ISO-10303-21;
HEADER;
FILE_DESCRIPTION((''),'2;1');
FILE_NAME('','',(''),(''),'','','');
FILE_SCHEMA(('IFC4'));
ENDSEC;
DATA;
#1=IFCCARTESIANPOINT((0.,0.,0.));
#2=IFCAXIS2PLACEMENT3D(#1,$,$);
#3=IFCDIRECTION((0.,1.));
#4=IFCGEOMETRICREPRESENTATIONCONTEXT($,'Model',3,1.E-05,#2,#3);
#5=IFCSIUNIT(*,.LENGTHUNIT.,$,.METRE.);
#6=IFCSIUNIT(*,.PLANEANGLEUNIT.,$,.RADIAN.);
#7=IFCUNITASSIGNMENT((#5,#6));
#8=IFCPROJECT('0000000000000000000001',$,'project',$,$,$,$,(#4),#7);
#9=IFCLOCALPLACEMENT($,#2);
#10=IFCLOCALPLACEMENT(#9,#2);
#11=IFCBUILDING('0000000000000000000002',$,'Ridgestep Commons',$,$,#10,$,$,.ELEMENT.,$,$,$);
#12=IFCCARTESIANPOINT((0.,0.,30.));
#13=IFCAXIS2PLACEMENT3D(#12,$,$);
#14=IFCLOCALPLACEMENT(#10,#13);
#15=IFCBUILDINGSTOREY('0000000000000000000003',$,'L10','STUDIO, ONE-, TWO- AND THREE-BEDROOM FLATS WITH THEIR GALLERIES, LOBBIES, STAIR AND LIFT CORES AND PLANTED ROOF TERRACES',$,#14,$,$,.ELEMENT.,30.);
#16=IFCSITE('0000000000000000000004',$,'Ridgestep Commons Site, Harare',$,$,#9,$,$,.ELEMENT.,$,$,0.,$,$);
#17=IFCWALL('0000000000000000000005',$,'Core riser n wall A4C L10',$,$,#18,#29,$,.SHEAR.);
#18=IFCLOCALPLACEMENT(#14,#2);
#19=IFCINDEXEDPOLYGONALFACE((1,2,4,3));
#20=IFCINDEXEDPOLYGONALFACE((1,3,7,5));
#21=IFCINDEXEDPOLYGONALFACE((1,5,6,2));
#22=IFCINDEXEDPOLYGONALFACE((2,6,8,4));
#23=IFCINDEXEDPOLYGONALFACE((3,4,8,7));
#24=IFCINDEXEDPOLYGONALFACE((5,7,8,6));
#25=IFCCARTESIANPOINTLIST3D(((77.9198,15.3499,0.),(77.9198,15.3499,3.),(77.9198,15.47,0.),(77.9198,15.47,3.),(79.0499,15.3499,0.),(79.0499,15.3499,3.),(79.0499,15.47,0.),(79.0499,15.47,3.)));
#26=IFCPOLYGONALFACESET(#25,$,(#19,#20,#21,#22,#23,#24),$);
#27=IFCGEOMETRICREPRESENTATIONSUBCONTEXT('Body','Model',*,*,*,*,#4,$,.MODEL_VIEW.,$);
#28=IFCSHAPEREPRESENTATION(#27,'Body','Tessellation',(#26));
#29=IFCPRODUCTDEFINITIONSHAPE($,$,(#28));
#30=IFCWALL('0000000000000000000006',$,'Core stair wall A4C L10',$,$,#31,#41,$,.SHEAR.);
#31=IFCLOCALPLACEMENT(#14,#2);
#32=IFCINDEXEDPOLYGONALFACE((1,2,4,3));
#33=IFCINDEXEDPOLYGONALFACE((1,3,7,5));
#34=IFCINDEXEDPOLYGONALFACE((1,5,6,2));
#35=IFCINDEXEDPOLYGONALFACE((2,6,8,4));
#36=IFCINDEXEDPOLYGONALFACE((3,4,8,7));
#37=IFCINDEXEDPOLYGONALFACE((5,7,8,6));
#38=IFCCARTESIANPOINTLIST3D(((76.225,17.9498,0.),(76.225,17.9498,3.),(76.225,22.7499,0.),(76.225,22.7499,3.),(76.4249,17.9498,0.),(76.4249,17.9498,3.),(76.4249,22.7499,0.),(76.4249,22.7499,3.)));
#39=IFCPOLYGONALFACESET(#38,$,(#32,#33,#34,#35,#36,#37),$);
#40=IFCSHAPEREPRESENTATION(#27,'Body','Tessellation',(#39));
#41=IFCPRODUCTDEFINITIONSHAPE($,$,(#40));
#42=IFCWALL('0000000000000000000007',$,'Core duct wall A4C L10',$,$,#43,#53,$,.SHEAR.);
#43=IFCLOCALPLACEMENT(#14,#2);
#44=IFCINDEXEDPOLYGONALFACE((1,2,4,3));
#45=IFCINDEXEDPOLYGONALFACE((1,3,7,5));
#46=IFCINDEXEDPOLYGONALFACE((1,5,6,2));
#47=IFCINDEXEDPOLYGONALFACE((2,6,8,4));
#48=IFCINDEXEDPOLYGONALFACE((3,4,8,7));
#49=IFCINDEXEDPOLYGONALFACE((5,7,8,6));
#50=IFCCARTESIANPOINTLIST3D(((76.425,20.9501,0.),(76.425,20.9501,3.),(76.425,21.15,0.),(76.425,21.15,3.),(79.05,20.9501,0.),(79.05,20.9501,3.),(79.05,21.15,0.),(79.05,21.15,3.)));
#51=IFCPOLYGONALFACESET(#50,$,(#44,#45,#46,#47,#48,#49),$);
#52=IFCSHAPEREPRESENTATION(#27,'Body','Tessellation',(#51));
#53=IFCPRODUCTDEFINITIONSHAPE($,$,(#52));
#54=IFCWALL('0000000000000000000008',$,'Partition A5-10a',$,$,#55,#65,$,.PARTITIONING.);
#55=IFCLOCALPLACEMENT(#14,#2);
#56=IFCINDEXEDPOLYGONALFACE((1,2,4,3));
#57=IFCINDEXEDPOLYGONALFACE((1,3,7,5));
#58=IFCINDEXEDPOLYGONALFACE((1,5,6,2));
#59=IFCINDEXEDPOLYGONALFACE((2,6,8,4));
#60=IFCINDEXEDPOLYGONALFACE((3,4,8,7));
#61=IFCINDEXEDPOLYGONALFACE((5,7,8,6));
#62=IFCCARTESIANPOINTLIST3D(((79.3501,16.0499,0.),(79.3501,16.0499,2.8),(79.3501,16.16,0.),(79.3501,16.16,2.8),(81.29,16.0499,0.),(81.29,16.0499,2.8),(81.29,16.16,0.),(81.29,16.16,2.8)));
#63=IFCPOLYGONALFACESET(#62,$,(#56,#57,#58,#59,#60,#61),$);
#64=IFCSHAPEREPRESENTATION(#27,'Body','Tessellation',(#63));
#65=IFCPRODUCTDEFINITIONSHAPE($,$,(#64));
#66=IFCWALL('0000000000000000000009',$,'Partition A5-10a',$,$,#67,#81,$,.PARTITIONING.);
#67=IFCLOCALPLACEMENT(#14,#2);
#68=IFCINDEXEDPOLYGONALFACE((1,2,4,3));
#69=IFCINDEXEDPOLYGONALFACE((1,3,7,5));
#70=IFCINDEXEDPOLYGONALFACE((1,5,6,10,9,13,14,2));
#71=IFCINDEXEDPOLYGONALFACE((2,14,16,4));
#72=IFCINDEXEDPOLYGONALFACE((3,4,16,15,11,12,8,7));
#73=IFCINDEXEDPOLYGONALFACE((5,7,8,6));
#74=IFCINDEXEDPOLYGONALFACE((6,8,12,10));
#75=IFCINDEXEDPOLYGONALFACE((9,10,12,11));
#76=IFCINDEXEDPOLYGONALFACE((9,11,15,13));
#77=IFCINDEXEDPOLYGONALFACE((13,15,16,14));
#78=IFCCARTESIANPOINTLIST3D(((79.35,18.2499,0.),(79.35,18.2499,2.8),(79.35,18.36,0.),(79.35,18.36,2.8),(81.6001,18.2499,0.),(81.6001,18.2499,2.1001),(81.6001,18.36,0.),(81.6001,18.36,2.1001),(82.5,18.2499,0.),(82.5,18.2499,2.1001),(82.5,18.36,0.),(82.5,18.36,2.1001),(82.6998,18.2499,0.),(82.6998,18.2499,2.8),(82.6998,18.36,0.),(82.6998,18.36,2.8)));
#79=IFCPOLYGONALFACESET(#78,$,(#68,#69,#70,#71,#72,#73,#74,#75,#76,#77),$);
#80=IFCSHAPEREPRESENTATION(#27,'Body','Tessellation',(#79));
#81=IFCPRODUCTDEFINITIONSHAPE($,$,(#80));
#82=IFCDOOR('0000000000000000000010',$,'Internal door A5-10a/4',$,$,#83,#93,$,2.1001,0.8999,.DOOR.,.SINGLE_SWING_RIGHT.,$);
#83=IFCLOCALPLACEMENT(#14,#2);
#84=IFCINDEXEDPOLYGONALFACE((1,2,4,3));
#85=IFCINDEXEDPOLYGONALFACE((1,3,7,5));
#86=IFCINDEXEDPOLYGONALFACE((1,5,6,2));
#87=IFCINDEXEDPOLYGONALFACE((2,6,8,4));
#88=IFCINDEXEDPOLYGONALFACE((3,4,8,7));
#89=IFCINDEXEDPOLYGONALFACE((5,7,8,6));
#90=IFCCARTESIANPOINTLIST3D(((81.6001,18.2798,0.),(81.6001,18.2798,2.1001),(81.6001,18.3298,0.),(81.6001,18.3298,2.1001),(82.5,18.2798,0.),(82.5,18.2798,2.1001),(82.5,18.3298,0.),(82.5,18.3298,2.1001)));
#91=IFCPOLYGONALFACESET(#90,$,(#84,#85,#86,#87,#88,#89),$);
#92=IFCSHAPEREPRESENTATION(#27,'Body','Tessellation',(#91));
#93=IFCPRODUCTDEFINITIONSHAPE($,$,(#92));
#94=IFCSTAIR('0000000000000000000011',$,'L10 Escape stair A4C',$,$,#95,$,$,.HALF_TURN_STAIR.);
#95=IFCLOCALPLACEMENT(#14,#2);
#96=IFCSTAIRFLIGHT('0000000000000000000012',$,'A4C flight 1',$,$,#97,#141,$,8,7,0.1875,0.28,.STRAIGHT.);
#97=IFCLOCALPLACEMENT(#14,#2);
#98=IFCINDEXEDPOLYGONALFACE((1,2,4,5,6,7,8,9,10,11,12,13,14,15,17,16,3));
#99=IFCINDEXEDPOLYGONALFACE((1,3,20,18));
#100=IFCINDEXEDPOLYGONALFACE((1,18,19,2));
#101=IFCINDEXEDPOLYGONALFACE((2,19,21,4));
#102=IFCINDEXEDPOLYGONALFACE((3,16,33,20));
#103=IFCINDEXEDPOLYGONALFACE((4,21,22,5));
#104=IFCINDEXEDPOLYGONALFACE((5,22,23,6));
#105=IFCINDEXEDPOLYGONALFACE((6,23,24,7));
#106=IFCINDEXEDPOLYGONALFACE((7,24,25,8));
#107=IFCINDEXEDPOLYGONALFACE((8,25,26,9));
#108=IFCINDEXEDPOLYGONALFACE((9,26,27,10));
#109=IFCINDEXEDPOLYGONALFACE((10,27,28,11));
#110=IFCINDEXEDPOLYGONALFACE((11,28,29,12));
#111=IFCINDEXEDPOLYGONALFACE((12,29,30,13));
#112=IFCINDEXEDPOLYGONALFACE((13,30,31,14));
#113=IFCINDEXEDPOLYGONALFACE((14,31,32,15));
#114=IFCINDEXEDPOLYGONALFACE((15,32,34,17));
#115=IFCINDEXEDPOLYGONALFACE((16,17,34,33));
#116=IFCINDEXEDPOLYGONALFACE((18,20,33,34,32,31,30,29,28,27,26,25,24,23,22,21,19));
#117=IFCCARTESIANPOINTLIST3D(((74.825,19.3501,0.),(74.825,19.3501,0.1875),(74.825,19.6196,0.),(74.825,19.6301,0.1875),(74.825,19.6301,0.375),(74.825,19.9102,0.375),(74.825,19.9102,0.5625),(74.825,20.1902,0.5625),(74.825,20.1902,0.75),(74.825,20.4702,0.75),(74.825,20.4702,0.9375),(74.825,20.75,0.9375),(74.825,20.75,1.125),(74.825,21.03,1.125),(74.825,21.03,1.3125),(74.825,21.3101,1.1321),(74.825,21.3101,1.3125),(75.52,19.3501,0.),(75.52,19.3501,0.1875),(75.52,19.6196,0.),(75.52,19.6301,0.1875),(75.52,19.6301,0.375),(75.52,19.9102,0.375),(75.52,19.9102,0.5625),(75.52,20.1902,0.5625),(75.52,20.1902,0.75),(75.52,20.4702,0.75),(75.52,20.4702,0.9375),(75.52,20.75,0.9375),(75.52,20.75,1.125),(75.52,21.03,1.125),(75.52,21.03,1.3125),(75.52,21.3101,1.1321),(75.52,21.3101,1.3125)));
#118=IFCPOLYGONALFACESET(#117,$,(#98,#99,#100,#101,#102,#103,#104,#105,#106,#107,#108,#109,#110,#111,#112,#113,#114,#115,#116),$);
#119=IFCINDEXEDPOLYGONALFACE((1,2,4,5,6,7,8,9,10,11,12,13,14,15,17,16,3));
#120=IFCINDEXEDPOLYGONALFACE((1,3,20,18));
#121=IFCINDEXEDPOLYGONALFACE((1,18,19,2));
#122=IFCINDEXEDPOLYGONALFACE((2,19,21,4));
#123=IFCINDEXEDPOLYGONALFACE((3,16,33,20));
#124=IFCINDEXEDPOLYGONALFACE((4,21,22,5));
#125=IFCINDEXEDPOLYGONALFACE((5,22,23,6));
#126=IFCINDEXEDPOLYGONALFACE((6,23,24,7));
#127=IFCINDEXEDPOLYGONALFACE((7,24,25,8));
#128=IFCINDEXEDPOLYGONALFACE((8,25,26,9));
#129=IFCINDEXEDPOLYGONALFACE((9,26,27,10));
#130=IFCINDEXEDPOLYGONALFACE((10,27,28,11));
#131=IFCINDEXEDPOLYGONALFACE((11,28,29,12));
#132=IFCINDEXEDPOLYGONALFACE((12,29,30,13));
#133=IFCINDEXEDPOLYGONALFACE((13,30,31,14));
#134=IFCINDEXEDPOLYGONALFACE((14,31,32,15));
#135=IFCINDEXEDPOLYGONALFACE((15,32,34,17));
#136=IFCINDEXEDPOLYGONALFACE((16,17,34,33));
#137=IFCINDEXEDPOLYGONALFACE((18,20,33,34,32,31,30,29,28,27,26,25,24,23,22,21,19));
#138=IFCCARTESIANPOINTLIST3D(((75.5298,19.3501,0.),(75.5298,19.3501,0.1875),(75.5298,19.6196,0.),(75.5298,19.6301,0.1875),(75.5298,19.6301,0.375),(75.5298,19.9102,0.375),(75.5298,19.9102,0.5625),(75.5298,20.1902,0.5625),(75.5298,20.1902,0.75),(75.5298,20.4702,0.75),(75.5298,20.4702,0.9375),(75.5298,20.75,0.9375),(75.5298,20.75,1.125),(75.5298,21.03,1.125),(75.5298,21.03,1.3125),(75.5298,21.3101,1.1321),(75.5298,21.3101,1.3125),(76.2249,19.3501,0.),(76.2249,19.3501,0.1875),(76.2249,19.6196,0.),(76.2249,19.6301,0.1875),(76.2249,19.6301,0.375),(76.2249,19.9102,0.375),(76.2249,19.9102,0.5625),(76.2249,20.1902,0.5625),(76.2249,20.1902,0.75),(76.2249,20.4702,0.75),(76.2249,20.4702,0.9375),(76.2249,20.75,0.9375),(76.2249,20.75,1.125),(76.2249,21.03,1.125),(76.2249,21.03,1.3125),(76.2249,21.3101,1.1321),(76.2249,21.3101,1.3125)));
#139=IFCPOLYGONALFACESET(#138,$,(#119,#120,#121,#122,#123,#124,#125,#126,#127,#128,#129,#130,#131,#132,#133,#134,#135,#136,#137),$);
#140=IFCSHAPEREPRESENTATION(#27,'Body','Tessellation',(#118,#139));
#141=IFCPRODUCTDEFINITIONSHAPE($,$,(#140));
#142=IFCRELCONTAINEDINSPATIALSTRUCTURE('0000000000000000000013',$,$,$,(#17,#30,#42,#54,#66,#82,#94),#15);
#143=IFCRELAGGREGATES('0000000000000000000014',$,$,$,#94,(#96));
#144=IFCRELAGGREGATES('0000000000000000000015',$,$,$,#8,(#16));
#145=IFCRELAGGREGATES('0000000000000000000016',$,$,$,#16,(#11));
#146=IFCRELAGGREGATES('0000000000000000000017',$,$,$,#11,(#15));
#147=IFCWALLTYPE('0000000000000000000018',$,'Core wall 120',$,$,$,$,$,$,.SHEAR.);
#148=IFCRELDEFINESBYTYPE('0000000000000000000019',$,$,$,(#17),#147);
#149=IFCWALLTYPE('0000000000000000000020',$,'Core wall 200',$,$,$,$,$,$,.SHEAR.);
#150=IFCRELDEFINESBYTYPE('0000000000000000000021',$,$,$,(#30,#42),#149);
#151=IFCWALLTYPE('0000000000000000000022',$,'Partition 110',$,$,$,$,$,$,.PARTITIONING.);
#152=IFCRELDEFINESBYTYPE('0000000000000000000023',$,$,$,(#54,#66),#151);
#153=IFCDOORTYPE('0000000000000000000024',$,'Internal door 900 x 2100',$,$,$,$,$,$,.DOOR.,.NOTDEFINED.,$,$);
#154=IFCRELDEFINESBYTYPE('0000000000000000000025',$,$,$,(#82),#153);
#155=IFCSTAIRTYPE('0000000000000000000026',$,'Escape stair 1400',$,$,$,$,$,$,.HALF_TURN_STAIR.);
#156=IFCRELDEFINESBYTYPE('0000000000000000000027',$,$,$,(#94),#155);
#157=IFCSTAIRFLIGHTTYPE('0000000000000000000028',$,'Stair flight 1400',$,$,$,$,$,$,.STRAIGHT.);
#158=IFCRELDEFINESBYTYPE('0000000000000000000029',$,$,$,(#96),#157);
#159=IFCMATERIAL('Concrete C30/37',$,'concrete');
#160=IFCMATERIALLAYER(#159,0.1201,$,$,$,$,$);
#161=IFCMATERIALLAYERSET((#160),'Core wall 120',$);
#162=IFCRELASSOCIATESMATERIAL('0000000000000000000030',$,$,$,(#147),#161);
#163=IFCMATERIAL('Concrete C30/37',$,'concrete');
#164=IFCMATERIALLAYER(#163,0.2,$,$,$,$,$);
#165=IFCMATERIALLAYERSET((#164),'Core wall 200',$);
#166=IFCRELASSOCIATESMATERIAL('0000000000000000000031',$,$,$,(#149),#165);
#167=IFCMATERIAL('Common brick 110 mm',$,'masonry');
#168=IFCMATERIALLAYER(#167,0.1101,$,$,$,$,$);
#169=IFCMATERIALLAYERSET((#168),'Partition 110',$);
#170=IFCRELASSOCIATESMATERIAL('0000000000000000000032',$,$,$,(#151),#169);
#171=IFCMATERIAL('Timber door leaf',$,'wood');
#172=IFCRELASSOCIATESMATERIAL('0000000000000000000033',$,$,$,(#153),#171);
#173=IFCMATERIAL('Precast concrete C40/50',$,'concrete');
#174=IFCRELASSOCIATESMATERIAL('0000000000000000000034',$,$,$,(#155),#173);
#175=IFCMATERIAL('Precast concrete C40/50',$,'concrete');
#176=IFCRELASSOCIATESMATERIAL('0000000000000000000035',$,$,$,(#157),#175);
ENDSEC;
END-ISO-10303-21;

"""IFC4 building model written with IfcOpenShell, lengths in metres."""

from ifc_helpers import new_model, si_unit, direction, frame, frame_2d, origin, place, context, subcontext, project, spatial, polyline, rectangle, outline, extrude, material, layer, layer_set, type_object, element, fill, aggregate, save


model = new_model("IFC4")

# Units and contexts
model_context = context("Model", 3, precision=1e-05, world=origin(), true_north=direction((0.0, 1.0)))
body_context = subcontext(model_context, "Body", "Model", "MODEL_VIEW")
ifc_project = project(units=[si_unit("LENGTHUNIT", "METRE"), si_unit("PLANEANGLEUNIT", "RADIAN")], contexts=[model_context])

# Site, building, storey
site_placement = place(None, origin())
site = spatial("IfcSite", under=ifc_project, at=site_placement, Name="Ridgestep Commons Site, Harare", CompositionType="ELEMENT", RefElevation=0.0)
building_placement = place(site_placement, origin())
building = spatial("IfcBuilding", under=site, at=building_placement, Name="Ridgestep Commons", CompositionType="ELEMENT")
storey_placement = place(building_placement, frame((0.0, 0.0, 30.0)))
storey = spatial("IfcBuildingStorey", under=building, at=storey_placement, Name="L10", Description="STUDIO, ONE-, TWO- AND THREE-BEDROOM FLATS WITH THEIR GALLERIES, LOBBIES, STAIR AND LIFT CORES AND PLANTED ROOF TERRACES", CompositionType="ELEMENT", Elevation=30.0)

# Walls
ifc_material_1 = material(Name="Concrete C30/37", Category="concrete")
ifc_layer_1 = layer(ifc_material_1, 0.1201)
ifc_layer_set_1 = layer_set([ifc_layer_1], Name="Core wall 120")
wall_type_1 = type_object("IfcWallType", Name="Core wall 120", PredefinedType="SHEAR", material=ifc_layer_set_1)
wall_1_placement = place(storey_placement, frame((77.9199, 15.4099, 0.0), z_axis=(0.0, 0.0, 1.0), x_axis=(1.0, 0.0, 0.0)))
element("IfcWall", 1, at=wall_1_placement, inside=storey, type_object=wall_type_1, Name="Core riser n wall A4C L10", PredefinedType="SHEAR", context=body_context, shape_type="SweptSolid", body=[
    extrude(rectangle(XDim=1.1301, YDim=0.1201, at=frame_2d((0.5649, 0.0))), origin(), (0.0, 0.0, 1.0), 3.0),
])
ifc_material_2 = material(Name="Concrete C30/37", Category="concrete")
ifc_layer_2 = layer(ifc_material_2, 0.2)
ifc_layer_set_2 = layer_set([ifc_layer_2], Name="Core wall 200")
wall_type_2 = type_object("IfcWallType", Name="Core wall 200", PredefinedType="SHEAR", material=ifc_layer_set_2)
wall_2_placement = place(storey_placement, frame((76.325, 17.95, 0.0), z_axis=(0.0, 0.0, 1.0), x_axis=(0.0, 1.0, 0.0)))
element("IfcWall", 2, at=wall_2_placement, inside=storey, type_object=wall_type_2, Name="Core stair wall A4C L10", PredefinedType="SHEAR", context=body_context, shape_type="SweptSolid", body=[
    extrude(rectangle(XDim=4.8, YDim=0.2, at=frame_2d((2.3999, 0.0))), origin(), (0.0, 0.0, 1.0), 3.0),
])
wall_3_placement = place(storey_placement, frame((76.425, 21.05, 0.0), z_axis=(0.0, 0.0, 1.0), x_axis=(1.0, 0.0, 0.0)))
element("IfcWall", 3, at=wall_3_placement, inside=storey, type_object=wall_type_2, Name="Core duct wall A4C L10", PredefinedType="SHEAR", context=body_context, shape_type="SweptSolid", body=[
    extrude(rectangle(XDim=2.625, YDim=0.2, at=frame_2d((1.3125, 0.0))), origin(), (0.0, 0.0, 1.0), 3.0),
])
ifc_material_3 = material(Name="Common brick 110 mm", Category="masonry")
ifc_layer_3 = layer(ifc_material_3, 0.1101)
ifc_layer_set_3 = layer_set([ifc_layer_3], Name="Partition 110")
wall_type_3 = type_object("IfcWallType", Name="Partition 110", PredefinedType="PARTITIONING", material=ifc_layer_set_3)
wall_4_placement = place(storey_placement, frame((79.3501, 16.105, 0.0), z_axis=(0.0, 0.0, 1.0), x_axis=(1.0, 0.0, 0.0)))
element("IfcWall", 4, at=wall_4_placement, inside=storey, type_object=wall_type_3, Name="Partition A5-10a", PredefinedType="PARTITIONING", context=body_context, shape_type="SweptSolid", body=[
    extrude(rectangle(XDim=1.9399, YDim=0.1101, at=frame_2d((0.97, 0.0))), origin(), (0.0, 0.0, 1.0), 2.8),
])

# Wall, opening, door
wall_5_placement = place(storey_placement, frame((79.3501, 18.3049, 0.0), z_axis=(0.0, 0.0, 1.0), x_axis=(1.0, 0.0, 0.0)))
wall_5 = element("IfcWall", 5, at=wall_5_placement, inside=storey, type_object=wall_type_3, Name="Partition A5-10a", PredefinedType="PARTITIONING", context=body_context, shape_type="SweptSolid", body=[
    extrude(rectangle(XDim=3.3499, YDim=0.1101, at=frame_2d((1.6748, 0.0))), origin(), (0.0, 0.0, 1.0), 2.8),
])
opening_placement = place(wall_5_placement, frame((2.25, 0.0, 0.0)))
opening = element("IfcOpeningElement", 6, at=opening_placement, cuts=wall_5, PredefinedType="OPENING", context=body_context, shape_type="SweptSolid", body=[
    extrude(rectangle(XDim=0.8999, YDim=2.1001, at=frame_2d((0.45, 1.05))), frame((0.0, 0.0649, 0.0), z_axis=(0.0, -1.0, 0.0), x_axis=(1.0, 0.0, 0.0)), (0.0, 0.0, 1.0), 0.1301),
])
ifc_material_4 = material(Name="Timber door leaf", Category="wood")
door_type = type_object("IfcDoorType", Name="Internal door 900 x 2100", OperationType="NOTDEFINED", PredefinedType="DOOR", material=ifc_material_4)
door_placement = place(opening_placement, origin())
door = element("IfcDoor", 7, at=door_placement, inside=storey, type_object=door_type, Name="Internal door A5-10a/4", OperationType="SINGLE_SWING_RIGHT", OverallHeight=2.1001, OverallWidth=0.8999, PredefinedType="DOOR", context=body_context, shape_type="SweptSolid", body=[
    extrude(rectangle(XDim=0.8999, YDim=2.1001, at=frame_2d((0.45, 1.05))), frame((0.0, 0.0249, 0.0), z_axis=(0.0, -1.0, 0.0), x_axis=(1.0, 0.0, 0.0)), (0.0, 0.0, 1.0), 0.05),
])
fill(opening, door)

# Stair, stair flight
ifc_material_5 = material(Name="Precast concrete C40/50", Category="concrete")
stair_type = type_object("IfcStairType", Name="Escape stair 1400", PredefinedType="HALF_TURN_STAIR", material=ifc_material_5)
stair_placement = place(storey_placement, origin())
stair = element("IfcStair", 8, at=stair_placement, inside=storey, type_object=stair_type, Name="L10 Escape stair A4C", PredefinedType="HALF_TURN_STAIR")
ifc_material_6 = material(Name="Precast concrete C40/50", Category="concrete")
stair_flight_type = type_object("IfcStairFlightType", Name="Stair flight 1400", PredefinedType="STRAIGHT", material=ifc_material_6)
stair_flight_placement = place(storey_placement, frame((75.5249, 19.3501, 0.0), z_axis=(0.0, 0.0, 1.0), x_axis=(0.0, 1.0, 0.0)))
stair_flight = element("IfcStairFlight", 9, at=stair_flight_placement, type_object=stair_flight_type, Name="A4C flight 1", NumberOfRisers=8, NumberOfTreads=7, PredefinedType="STRAIGHT", RiserHeight=0.1875, TreadLength=0.28, context=body_context, shape_type="SweptSolid", body=[
    extrude(outline(polyline([(0.0, 0.0), (0.0, 0.1875), (0.28, 0.1875), (0.28, 0.375), (0.5601, 0.375), (0.5601, 0.5625), (0.8401, 0.5625), (0.8401, 0.75), (1.1201, 0.75), (1.1201, 0.9375), (1.3999, 0.9375), (1.3999, 1.125), (1.6799, 1.125), (1.6799, 1.3125), (1.96, 1.3125), (1.96, 1.5), (1.96, 1.1321), (0.2695, 0.0), (0.0, 0.0)])), frame((0.0, 0.7, 0.0), z_axis=(0.0, -1.0, 0.0), x_axis=(1.0, 0.0, 0.0)), (0.0, 0.0, 1.0), 0.6951),
    extrude(outline(polyline([(0.0, 0.0), (0.0, 0.1875), (0.28, 0.1875), (0.28, 0.375), (0.5601, 0.375), (0.5601, 0.5625), (0.8401, 0.5625), (0.8401, 0.75), (1.1201, 0.75), (1.1201, 0.9375), (1.3999, 0.9375), (1.3999, 1.125), (1.6799, 1.125), (1.6799, 1.3125), (1.96, 1.3125), (1.96, 1.5), (1.96, 1.1321), (0.2695, 0.0), (0.0, 0.0)])), frame((0.0, -0.0049, 0.0), z_axis=(0.0, -1.0, 0.0), x_axis=(1.0, 0.0, 0.0)), (0.0, 0.0, 1.0), 0.6951),
])
aggregate(stair, [stair_flight])

save(model, "model.ifc")
